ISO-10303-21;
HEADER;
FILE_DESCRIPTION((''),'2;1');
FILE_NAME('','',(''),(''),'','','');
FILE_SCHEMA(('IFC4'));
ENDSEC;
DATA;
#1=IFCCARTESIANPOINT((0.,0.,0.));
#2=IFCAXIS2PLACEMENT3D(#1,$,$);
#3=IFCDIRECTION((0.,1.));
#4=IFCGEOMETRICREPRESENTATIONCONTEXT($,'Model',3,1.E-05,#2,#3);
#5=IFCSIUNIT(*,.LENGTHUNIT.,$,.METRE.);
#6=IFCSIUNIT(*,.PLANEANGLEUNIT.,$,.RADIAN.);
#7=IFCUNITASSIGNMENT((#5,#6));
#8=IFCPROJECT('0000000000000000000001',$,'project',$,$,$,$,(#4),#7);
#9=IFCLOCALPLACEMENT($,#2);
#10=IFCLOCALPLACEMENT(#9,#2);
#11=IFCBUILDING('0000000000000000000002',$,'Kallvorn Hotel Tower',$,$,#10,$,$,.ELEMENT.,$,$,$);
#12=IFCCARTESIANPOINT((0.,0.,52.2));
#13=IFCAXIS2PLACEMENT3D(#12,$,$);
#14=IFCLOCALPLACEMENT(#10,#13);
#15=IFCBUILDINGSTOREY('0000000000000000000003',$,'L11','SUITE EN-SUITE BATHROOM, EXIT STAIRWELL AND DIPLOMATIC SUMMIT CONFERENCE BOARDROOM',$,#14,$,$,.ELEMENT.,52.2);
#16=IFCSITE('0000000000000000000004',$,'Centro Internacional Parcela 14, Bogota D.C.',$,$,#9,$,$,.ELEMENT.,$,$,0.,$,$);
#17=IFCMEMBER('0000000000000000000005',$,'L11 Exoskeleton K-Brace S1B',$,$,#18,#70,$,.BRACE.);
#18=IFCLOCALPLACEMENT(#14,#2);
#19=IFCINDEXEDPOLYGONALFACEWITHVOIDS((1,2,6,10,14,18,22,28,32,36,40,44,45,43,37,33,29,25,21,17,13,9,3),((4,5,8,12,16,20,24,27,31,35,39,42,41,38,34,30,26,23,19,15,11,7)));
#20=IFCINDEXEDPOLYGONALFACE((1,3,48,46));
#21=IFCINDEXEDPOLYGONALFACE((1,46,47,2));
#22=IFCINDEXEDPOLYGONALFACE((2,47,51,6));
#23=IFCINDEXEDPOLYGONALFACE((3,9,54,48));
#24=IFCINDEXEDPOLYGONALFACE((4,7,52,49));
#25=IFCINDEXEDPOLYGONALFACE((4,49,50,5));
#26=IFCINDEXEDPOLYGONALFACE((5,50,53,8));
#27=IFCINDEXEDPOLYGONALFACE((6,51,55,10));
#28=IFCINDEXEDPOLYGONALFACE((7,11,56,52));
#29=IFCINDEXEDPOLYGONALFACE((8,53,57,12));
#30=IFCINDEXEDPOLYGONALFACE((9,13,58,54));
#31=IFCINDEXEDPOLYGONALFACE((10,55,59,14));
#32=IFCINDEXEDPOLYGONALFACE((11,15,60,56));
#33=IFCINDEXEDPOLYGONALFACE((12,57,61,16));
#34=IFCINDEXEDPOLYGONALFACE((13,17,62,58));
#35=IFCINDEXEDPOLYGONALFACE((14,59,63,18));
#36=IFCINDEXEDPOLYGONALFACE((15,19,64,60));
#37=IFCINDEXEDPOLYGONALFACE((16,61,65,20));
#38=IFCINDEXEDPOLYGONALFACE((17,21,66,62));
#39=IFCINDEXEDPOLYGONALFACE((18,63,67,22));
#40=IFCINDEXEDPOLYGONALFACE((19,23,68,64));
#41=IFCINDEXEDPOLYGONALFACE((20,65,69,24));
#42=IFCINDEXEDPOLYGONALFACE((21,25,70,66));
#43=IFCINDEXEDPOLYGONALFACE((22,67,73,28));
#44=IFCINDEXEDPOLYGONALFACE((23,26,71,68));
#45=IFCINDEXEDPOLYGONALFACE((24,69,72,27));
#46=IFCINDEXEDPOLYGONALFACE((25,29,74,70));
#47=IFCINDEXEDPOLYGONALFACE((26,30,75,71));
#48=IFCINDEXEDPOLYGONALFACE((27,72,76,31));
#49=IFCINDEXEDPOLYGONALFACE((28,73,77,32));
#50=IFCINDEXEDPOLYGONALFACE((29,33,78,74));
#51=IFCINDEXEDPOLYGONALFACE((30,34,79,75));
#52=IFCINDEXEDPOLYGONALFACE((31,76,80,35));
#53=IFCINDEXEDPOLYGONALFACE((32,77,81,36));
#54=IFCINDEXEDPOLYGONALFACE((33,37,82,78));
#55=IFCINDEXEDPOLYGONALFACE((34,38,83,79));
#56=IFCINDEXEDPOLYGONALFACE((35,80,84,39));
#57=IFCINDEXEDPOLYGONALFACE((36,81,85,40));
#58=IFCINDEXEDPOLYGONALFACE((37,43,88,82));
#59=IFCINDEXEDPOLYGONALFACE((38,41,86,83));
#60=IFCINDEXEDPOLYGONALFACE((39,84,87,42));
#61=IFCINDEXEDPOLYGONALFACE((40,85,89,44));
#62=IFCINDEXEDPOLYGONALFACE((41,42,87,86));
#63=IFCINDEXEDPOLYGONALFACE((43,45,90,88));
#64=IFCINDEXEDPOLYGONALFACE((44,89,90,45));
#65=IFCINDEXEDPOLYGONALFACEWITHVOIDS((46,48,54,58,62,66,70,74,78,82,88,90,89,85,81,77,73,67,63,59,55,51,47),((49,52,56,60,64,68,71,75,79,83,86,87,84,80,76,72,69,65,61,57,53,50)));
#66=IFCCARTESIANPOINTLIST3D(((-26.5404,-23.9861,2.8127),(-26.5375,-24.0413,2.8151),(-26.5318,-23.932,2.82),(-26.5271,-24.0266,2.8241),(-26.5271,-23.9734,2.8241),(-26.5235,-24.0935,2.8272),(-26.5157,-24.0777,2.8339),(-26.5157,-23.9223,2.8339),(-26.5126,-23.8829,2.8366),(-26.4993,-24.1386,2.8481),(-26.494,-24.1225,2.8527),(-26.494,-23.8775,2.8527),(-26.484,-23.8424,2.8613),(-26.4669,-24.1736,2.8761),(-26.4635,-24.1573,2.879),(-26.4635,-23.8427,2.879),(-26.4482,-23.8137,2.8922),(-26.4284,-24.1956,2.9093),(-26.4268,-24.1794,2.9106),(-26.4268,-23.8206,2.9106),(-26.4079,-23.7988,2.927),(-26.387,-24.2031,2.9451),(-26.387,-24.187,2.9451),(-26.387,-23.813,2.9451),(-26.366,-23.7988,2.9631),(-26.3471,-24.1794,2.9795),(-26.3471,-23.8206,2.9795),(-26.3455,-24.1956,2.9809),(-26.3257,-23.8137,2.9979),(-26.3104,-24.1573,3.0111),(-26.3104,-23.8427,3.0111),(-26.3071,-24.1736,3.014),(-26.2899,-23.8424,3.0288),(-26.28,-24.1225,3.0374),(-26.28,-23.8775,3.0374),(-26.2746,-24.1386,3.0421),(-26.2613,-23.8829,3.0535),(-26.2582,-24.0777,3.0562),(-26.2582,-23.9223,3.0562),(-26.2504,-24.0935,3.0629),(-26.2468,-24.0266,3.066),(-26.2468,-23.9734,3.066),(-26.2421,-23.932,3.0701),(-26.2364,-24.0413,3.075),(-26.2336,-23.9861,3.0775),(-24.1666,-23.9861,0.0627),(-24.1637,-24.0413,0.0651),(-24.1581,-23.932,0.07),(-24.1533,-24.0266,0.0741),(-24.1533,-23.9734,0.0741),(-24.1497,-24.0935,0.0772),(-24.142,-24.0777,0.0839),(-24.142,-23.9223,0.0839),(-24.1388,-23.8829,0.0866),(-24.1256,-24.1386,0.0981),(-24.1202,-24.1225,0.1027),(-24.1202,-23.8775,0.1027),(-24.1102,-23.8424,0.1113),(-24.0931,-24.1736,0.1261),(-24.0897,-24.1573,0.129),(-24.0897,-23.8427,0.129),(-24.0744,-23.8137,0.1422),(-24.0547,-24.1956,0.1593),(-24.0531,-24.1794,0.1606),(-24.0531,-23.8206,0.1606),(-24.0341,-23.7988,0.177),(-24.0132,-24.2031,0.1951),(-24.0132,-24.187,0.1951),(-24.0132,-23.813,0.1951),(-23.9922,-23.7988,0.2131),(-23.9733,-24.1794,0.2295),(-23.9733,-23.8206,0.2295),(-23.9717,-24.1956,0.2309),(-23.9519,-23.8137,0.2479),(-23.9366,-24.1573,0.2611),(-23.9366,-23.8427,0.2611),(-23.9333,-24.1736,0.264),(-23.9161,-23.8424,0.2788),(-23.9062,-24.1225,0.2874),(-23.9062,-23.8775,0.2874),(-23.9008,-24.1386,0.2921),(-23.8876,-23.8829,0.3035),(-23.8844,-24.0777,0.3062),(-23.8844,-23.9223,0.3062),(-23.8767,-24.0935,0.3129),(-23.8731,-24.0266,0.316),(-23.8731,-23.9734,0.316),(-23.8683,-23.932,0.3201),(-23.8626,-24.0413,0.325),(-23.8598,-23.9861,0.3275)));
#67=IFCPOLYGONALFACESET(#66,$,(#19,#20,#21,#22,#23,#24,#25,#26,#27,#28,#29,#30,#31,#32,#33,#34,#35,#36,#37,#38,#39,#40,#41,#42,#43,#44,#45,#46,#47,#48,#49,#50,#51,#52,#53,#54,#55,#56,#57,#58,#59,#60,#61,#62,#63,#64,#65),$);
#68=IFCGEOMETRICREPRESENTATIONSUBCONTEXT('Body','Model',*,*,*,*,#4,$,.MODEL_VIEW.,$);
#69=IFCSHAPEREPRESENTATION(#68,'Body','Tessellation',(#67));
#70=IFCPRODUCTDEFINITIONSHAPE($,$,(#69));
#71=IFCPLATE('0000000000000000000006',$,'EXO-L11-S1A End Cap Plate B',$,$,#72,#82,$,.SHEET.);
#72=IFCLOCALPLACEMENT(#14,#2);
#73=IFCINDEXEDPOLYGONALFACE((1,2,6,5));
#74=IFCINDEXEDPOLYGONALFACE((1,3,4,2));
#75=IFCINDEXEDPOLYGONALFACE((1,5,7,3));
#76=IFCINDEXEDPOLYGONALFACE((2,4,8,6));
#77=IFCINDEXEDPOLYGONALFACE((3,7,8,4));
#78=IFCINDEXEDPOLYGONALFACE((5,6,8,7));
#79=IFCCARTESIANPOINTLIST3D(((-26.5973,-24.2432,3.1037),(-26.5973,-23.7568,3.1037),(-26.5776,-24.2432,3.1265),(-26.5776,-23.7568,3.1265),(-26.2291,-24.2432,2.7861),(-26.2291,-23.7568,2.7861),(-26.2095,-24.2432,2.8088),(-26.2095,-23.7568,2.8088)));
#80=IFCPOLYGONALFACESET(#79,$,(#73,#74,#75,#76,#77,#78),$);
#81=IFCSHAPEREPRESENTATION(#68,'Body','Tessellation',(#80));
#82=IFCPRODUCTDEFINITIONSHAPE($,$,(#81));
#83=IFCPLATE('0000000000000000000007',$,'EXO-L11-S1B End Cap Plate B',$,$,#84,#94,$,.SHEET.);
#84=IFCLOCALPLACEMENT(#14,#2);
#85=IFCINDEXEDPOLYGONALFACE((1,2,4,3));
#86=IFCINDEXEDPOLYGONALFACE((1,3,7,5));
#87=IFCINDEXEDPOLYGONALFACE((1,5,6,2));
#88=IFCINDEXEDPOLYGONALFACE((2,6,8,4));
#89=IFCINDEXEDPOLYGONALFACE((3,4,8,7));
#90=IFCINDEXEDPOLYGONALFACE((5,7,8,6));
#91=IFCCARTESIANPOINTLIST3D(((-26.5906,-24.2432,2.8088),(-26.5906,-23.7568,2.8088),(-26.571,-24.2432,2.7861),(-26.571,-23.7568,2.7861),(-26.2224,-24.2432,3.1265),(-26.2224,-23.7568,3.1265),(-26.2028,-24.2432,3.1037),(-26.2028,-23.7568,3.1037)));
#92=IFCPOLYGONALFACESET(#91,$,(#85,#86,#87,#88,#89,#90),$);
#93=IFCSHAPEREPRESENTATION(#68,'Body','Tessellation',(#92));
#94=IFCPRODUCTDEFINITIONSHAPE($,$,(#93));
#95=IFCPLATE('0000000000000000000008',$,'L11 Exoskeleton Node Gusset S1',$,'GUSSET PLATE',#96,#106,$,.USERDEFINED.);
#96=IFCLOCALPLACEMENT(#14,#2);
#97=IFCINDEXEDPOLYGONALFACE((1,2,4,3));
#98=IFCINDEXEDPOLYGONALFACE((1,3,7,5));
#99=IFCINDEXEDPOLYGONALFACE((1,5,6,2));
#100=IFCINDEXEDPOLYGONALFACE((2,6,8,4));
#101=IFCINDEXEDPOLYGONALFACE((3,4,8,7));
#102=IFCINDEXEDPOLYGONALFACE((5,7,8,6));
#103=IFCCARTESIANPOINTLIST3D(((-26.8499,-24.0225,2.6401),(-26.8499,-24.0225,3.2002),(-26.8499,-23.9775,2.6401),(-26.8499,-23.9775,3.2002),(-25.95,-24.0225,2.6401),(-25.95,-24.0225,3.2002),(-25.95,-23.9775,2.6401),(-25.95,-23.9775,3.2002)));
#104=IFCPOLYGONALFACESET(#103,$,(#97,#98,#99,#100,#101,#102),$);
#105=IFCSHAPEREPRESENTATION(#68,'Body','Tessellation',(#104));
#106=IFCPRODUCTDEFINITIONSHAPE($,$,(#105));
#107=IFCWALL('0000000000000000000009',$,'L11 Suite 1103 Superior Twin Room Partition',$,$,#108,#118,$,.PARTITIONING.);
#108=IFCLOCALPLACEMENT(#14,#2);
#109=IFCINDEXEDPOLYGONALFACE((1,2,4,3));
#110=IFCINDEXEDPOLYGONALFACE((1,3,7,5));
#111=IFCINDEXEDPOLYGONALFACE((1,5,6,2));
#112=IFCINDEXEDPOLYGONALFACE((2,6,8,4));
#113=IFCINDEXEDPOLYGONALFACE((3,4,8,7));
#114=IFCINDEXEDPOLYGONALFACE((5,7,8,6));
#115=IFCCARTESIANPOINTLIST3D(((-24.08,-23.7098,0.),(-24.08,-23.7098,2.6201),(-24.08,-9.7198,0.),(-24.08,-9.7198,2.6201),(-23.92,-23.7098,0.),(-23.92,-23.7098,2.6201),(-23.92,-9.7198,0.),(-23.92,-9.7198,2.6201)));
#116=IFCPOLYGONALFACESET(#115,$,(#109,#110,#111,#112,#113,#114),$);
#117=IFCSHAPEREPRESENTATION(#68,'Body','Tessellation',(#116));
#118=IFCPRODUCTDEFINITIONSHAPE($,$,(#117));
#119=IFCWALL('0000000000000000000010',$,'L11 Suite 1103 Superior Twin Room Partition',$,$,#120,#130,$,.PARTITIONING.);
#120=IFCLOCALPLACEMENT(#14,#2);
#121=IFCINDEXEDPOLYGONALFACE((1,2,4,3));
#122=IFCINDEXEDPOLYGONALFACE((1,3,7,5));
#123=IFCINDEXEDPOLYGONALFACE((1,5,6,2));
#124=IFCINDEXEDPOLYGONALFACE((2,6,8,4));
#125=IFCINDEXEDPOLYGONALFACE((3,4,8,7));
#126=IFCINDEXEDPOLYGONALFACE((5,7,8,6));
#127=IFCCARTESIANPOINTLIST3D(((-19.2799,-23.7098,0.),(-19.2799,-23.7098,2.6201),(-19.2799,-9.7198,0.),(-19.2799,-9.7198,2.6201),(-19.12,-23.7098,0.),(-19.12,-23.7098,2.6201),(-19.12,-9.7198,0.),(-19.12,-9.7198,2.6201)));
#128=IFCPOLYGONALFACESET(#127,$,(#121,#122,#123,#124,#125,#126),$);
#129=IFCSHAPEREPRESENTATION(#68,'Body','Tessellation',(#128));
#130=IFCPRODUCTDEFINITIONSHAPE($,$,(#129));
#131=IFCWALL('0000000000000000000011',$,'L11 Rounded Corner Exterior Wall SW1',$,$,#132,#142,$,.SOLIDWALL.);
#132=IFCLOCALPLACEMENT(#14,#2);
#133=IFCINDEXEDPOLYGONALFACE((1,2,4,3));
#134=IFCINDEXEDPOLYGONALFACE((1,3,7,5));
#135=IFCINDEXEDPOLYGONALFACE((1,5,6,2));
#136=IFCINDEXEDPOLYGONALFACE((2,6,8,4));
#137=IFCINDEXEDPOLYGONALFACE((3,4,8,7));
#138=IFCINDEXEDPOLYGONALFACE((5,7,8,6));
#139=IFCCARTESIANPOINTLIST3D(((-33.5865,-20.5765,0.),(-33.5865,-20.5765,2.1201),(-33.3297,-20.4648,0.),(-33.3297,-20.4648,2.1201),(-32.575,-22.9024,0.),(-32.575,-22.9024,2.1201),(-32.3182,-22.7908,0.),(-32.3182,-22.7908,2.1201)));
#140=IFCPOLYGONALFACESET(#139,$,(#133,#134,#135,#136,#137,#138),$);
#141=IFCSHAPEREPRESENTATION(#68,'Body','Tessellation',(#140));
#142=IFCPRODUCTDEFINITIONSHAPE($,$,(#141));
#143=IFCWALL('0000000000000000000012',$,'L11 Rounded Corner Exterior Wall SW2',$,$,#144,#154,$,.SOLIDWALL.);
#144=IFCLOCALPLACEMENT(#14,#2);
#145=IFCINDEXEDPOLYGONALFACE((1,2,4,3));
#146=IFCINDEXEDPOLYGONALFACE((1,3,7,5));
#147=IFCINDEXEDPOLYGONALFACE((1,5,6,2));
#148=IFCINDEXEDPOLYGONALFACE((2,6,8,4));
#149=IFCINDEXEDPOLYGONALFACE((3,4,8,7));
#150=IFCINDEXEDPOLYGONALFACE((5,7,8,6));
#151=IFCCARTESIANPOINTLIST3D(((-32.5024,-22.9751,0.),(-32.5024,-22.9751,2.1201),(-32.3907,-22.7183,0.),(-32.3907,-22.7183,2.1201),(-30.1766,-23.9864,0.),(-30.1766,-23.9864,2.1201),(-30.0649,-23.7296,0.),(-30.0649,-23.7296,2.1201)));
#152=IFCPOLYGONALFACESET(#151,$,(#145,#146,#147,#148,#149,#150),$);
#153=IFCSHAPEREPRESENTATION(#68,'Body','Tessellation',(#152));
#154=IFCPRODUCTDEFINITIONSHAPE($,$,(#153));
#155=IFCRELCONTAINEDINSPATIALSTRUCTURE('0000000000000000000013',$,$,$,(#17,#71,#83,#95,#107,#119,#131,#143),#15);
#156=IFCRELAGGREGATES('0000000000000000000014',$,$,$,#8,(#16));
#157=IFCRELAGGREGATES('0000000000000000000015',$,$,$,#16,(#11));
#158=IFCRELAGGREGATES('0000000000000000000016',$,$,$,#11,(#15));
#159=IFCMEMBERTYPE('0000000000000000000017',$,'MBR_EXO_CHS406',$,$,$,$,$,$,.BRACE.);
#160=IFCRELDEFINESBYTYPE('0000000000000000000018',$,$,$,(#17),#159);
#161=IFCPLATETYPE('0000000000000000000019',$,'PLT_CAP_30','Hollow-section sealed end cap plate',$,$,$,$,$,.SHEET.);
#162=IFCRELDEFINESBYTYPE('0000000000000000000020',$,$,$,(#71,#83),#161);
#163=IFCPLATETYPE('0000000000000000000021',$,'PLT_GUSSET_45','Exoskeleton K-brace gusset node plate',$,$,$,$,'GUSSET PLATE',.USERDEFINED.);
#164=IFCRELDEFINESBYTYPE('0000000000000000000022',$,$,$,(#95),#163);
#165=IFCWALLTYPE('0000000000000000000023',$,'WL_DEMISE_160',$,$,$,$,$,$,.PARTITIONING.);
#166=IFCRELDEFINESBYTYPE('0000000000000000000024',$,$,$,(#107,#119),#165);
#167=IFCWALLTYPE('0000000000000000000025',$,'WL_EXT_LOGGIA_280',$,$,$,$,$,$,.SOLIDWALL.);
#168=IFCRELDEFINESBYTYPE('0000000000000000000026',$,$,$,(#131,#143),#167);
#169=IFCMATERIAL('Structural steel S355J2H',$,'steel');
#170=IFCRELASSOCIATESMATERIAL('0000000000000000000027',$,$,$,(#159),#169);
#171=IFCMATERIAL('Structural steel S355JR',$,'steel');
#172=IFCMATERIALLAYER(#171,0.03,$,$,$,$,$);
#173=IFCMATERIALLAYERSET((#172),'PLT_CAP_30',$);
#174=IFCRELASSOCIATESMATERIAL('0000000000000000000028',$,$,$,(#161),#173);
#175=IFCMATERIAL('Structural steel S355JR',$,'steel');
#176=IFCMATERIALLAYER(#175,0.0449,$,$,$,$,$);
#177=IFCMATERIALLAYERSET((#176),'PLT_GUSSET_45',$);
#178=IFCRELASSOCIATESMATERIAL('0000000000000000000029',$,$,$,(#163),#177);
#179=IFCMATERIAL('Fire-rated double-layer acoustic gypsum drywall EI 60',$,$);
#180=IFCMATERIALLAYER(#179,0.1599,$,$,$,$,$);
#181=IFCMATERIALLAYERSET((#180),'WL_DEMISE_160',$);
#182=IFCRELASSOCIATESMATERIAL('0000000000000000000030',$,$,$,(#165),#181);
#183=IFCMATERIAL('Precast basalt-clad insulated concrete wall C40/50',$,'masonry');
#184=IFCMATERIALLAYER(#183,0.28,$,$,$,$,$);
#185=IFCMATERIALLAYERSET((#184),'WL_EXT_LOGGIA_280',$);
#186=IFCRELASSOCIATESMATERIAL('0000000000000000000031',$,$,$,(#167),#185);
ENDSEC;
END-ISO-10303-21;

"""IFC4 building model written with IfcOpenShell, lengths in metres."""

from ifc_helpers import new_model, si_unit, direction, frame, frame_2d, origin, origin_2d, place, context, subcontext, project, spatial, polyline, rectangle, hollow_circle, outline, extrude, material, layer, layer_set, material_profile, profile_set, type_object, element, save


model = new_model("IFC4")

# Units and contexts
model_context = context("Model", 3, precision=1e-05, world=origin(), true_north=direction((0.0, 1.0)))
body_context = subcontext(model_context, "Body", "Model", "MODEL_VIEW")
ifc_project = project(units=[si_unit("LENGTHUNIT", "METRE"), si_unit("PLANEANGLEUNIT", "RADIAN")], contexts=[model_context])

# Site, building, storey
site_placement = place(None, origin())
site = spatial("IfcSite", under=ifc_project, at=site_placement, Name="Centro Internacional Parcela 14, Bogota D.C.", CompositionType="ELEMENT", RefElevation=0.0)
building_placement = place(site_placement, origin())
building = spatial("IfcBuilding", under=site, at=building_placement, Name="Kallvorn Hotel Tower", CompositionType="ELEMENT")
storey_placement = place(building_placement, frame((0.0, 0.0, 52.2)))
storey = spatial("IfcBuildingStorey", under=building, at=storey_placement, Name="L11", Description="SUITE EN-SUITE BATHROOM, EXIT STAIRWELL AND DIPLOMATIC SUMMIT CONFERENCE BOARDROOM", CompositionType="ELEMENT", Elevation=52.2)

# Member
ifc_material_1 = material(Name="Structural steel S355J2H", Category="steel")
ifc_material_profile_1 = material_profile(ifc_material_1, hollow_circle(Radius=0.2031, WallThickness=0.0161, at=origin_2d()), Name="CHS 406.4x16")
ifc_profile_set_1 = profile_set([ifc_material_profile_1], Name="Structural steel S355J2H")
member_type = type_object("IfcMemberType", Name="MBR_EXO_CHS406", PredefinedType="BRACE", material=ifc_profile_set_1)
for number, where, z_axis, x_axis, name in (
    (1, (-24.0132, -24.0, 0.1951), (-0.653427, 0.0, 0.756989), (0.0, -1.0, 0.0), "L11 Exoskeleton K-Brace S1B"),
):
    element("IfcMember", number, at=place(storey_placement, frame(where, z_axis=z_axis, x_axis=x_axis)), inside=storey, type_object=member_type, Name=name, PredefinedType="BRACE", context=body_context, shape_type="SweptSolid", body=[
        extrude(hollow_circle(Radius=0.2031, WallThickness=0.0161, at=origin_2d()), origin(), (0.0, 0.0, 1.0), 3.6328),
    ])

# Plates
ifc_material_2 = material(Name="Structural steel S355JR", Category="steel")
ifc_layer_1 = layer(ifc_material_2, 0.03)
ifc_layer_set_1 = layer_set([ifc_layer_1], Name="PLT_CAP_30")
plate_type_1 = type_object("IfcPlateType", Name="PLT_CAP_30", Description="Hollow-section sealed end cap plate", PredefinedType="SHEET", material=ifc_layer_set_1)
for number, where, z_axis, x_axis, name in (
    (2, (-26.2095, -24.2432, 2.8088), (0.653228, 0.0, 0.757162), (0.0, 1.0, 0.0), "EXO-L11-S1A End Cap Plate B"),
    (3, (-26.5906, -23.7568, 2.8088), (-0.653228, 0.0, 0.757162), (0.0, -1.0, 0.0), "EXO-L11-S1B End Cap Plate B"),
):
    element("IfcPlate", number, at=place(storey_placement, frame(where, z_axis=z_axis, x_axis=x_axis)), inside=storey, type_object=plate_type_1, Name=name, PredefinedType="SHEET", context=body_context, shape_type="SweptSolid", body=[
        extrude(outline(polyline([(0.0, 0.0), (0.4863, 0.0), (0.4863, 0.4862), (0.0, 0.4862), (0.0, 0.0)])), origin(), (0.0, 0.0, -1.0), 0.03),
    ])
ifc_material_3 = material(Name="Structural steel S355JR", Category="steel")
ifc_layer_2 = layer(ifc_material_3, 0.0449)
ifc_layer_set_2 = layer_set([ifc_layer_2], Name="PLT_GUSSET_45")
plate_type_2 = type_object("IfcPlateType", Name="PLT_GUSSET_45", Description="Exoskeleton K-brace gusset node plate", ElementType="GUSSET PLATE", PredefinedType="USERDEFINED", material=ifc_layer_set_2)
plate_placement = place(storey_placement, frame((-26.3999, -24.0, 2.6401), z_axis=(0.0, 0.0, 1.0), x_axis=(1.0, 0.0, 0.0)))
element("IfcPlate", 4, at=plate_placement, inside=storey, type_object=plate_type_2, Name="L11 Exoskeleton Node Gusset S1", ObjectType="GUSSET PLATE", PredefinedType="USERDEFINED", context=body_context, shape_type="SweptSolid", body=[
    extrude(rectangle(XDim=0.8999, YDim=0.0449, at=origin_2d()), origin(), (0.0, 0.0, 1.0), 0.5601),
])

# Walls
ifc_material_4 = material(Name="Fire-rated double-layer acoustic gypsum drywall EI 60")
ifc_layer_3 = layer(ifc_material_4, 0.1599)
ifc_layer_set_3 = layer_set([ifc_layer_3], Name="WL_DEMISE_160")
wall_type_1 = type_object("IfcWallType", Name="WL_DEMISE_160", PredefinedType="PARTITIONING", material=ifc_layer_set_3)
for number, where, z_axis, x_axis, name in (
    (5, (-24.0, -23.71, 0.0), (0.0, 0.0, 1.0), (0.0, 1.0, 0.0), "L11 Suite 1103 Superior Twin Room Partition"),
    (6, (-19.2, -23.71, 0.0), (0.0, 0.0, 1.0), (0.0, 1.0, 0.0), "L11 Suite 1103 Superior Twin Room Partition"),
):
    element("IfcWall", number, at=place(storey_placement, frame(where, z_axis=z_axis, x_axis=x_axis)), inside=storey, type_object=wall_type_1, Name=name, PredefinedType="PARTITIONING", context=body_context, shape_type="SweptSolid", body=[
        extrude(rectangle(XDim=13.99, YDim=0.1599, at=frame_2d((6.9951, 0.0))), origin(), (0.0, 0.0, 1.0), 2.6201),
    ])
ifc_material_5 = material(Name="Precast basalt-clad insulated concrete wall C40/50", Category="masonry")
ifc_layer_4 = layer(ifc_material_5, 0.28)
ifc_layer_set_4 = layer_set([ifc_layer_4], Name="WL_EXT_LOGGIA_280")
wall_type_2 = type_object("IfcWallType", Name="WL_EXT_LOGGIA_280", PredefinedType="SOLIDWALL", material=ifc_layer_set_4)
wall_1_placement = place(storey_placement, frame((-33.458, -20.5208, 0.0), z_axis=(0.0, 0.0, 1.0), x_axis=(0.398793, -0.917041, 0.0)))
element("IfcWall", 7, at=wall_1_placement, inside=storey, type_object=wall_type_2, Name="L11 Rounded Corner Exterior Wall SW1", PredefinedType="SOLIDWALL", context=body_context, shape_type="SweptSolid", body=[
    extrude(rectangle(XDim=2.5364, YDim=0.28, at=frame_2d((1.2681, 0.0))), origin(), (0.0, 0.0, 1.0), 2.1201),
])
wall_2_placement = place(storey_placement, frame((-32.4465, -22.8467, 0.0), z_axis=(0.0, 0.0, 1.0), x_axis=(0.917061, -0.398747, 0.0)))
element("IfcWall", 8, at=wall_2_placement, inside=storey, type_object=wall_type_2, Name="L11 Rounded Corner Exterior Wall SW2", PredefinedType="SOLIDWALL", context=body_context, shape_type="SweptSolid", body=[
    extrude(rectangle(XDim=2.5361, YDim=0.28, at=frame_2d((1.2681, 0.0))), origin(), (0.0, 0.0, 1.0), 2.1201),
])

save(model, "model.ifc")
